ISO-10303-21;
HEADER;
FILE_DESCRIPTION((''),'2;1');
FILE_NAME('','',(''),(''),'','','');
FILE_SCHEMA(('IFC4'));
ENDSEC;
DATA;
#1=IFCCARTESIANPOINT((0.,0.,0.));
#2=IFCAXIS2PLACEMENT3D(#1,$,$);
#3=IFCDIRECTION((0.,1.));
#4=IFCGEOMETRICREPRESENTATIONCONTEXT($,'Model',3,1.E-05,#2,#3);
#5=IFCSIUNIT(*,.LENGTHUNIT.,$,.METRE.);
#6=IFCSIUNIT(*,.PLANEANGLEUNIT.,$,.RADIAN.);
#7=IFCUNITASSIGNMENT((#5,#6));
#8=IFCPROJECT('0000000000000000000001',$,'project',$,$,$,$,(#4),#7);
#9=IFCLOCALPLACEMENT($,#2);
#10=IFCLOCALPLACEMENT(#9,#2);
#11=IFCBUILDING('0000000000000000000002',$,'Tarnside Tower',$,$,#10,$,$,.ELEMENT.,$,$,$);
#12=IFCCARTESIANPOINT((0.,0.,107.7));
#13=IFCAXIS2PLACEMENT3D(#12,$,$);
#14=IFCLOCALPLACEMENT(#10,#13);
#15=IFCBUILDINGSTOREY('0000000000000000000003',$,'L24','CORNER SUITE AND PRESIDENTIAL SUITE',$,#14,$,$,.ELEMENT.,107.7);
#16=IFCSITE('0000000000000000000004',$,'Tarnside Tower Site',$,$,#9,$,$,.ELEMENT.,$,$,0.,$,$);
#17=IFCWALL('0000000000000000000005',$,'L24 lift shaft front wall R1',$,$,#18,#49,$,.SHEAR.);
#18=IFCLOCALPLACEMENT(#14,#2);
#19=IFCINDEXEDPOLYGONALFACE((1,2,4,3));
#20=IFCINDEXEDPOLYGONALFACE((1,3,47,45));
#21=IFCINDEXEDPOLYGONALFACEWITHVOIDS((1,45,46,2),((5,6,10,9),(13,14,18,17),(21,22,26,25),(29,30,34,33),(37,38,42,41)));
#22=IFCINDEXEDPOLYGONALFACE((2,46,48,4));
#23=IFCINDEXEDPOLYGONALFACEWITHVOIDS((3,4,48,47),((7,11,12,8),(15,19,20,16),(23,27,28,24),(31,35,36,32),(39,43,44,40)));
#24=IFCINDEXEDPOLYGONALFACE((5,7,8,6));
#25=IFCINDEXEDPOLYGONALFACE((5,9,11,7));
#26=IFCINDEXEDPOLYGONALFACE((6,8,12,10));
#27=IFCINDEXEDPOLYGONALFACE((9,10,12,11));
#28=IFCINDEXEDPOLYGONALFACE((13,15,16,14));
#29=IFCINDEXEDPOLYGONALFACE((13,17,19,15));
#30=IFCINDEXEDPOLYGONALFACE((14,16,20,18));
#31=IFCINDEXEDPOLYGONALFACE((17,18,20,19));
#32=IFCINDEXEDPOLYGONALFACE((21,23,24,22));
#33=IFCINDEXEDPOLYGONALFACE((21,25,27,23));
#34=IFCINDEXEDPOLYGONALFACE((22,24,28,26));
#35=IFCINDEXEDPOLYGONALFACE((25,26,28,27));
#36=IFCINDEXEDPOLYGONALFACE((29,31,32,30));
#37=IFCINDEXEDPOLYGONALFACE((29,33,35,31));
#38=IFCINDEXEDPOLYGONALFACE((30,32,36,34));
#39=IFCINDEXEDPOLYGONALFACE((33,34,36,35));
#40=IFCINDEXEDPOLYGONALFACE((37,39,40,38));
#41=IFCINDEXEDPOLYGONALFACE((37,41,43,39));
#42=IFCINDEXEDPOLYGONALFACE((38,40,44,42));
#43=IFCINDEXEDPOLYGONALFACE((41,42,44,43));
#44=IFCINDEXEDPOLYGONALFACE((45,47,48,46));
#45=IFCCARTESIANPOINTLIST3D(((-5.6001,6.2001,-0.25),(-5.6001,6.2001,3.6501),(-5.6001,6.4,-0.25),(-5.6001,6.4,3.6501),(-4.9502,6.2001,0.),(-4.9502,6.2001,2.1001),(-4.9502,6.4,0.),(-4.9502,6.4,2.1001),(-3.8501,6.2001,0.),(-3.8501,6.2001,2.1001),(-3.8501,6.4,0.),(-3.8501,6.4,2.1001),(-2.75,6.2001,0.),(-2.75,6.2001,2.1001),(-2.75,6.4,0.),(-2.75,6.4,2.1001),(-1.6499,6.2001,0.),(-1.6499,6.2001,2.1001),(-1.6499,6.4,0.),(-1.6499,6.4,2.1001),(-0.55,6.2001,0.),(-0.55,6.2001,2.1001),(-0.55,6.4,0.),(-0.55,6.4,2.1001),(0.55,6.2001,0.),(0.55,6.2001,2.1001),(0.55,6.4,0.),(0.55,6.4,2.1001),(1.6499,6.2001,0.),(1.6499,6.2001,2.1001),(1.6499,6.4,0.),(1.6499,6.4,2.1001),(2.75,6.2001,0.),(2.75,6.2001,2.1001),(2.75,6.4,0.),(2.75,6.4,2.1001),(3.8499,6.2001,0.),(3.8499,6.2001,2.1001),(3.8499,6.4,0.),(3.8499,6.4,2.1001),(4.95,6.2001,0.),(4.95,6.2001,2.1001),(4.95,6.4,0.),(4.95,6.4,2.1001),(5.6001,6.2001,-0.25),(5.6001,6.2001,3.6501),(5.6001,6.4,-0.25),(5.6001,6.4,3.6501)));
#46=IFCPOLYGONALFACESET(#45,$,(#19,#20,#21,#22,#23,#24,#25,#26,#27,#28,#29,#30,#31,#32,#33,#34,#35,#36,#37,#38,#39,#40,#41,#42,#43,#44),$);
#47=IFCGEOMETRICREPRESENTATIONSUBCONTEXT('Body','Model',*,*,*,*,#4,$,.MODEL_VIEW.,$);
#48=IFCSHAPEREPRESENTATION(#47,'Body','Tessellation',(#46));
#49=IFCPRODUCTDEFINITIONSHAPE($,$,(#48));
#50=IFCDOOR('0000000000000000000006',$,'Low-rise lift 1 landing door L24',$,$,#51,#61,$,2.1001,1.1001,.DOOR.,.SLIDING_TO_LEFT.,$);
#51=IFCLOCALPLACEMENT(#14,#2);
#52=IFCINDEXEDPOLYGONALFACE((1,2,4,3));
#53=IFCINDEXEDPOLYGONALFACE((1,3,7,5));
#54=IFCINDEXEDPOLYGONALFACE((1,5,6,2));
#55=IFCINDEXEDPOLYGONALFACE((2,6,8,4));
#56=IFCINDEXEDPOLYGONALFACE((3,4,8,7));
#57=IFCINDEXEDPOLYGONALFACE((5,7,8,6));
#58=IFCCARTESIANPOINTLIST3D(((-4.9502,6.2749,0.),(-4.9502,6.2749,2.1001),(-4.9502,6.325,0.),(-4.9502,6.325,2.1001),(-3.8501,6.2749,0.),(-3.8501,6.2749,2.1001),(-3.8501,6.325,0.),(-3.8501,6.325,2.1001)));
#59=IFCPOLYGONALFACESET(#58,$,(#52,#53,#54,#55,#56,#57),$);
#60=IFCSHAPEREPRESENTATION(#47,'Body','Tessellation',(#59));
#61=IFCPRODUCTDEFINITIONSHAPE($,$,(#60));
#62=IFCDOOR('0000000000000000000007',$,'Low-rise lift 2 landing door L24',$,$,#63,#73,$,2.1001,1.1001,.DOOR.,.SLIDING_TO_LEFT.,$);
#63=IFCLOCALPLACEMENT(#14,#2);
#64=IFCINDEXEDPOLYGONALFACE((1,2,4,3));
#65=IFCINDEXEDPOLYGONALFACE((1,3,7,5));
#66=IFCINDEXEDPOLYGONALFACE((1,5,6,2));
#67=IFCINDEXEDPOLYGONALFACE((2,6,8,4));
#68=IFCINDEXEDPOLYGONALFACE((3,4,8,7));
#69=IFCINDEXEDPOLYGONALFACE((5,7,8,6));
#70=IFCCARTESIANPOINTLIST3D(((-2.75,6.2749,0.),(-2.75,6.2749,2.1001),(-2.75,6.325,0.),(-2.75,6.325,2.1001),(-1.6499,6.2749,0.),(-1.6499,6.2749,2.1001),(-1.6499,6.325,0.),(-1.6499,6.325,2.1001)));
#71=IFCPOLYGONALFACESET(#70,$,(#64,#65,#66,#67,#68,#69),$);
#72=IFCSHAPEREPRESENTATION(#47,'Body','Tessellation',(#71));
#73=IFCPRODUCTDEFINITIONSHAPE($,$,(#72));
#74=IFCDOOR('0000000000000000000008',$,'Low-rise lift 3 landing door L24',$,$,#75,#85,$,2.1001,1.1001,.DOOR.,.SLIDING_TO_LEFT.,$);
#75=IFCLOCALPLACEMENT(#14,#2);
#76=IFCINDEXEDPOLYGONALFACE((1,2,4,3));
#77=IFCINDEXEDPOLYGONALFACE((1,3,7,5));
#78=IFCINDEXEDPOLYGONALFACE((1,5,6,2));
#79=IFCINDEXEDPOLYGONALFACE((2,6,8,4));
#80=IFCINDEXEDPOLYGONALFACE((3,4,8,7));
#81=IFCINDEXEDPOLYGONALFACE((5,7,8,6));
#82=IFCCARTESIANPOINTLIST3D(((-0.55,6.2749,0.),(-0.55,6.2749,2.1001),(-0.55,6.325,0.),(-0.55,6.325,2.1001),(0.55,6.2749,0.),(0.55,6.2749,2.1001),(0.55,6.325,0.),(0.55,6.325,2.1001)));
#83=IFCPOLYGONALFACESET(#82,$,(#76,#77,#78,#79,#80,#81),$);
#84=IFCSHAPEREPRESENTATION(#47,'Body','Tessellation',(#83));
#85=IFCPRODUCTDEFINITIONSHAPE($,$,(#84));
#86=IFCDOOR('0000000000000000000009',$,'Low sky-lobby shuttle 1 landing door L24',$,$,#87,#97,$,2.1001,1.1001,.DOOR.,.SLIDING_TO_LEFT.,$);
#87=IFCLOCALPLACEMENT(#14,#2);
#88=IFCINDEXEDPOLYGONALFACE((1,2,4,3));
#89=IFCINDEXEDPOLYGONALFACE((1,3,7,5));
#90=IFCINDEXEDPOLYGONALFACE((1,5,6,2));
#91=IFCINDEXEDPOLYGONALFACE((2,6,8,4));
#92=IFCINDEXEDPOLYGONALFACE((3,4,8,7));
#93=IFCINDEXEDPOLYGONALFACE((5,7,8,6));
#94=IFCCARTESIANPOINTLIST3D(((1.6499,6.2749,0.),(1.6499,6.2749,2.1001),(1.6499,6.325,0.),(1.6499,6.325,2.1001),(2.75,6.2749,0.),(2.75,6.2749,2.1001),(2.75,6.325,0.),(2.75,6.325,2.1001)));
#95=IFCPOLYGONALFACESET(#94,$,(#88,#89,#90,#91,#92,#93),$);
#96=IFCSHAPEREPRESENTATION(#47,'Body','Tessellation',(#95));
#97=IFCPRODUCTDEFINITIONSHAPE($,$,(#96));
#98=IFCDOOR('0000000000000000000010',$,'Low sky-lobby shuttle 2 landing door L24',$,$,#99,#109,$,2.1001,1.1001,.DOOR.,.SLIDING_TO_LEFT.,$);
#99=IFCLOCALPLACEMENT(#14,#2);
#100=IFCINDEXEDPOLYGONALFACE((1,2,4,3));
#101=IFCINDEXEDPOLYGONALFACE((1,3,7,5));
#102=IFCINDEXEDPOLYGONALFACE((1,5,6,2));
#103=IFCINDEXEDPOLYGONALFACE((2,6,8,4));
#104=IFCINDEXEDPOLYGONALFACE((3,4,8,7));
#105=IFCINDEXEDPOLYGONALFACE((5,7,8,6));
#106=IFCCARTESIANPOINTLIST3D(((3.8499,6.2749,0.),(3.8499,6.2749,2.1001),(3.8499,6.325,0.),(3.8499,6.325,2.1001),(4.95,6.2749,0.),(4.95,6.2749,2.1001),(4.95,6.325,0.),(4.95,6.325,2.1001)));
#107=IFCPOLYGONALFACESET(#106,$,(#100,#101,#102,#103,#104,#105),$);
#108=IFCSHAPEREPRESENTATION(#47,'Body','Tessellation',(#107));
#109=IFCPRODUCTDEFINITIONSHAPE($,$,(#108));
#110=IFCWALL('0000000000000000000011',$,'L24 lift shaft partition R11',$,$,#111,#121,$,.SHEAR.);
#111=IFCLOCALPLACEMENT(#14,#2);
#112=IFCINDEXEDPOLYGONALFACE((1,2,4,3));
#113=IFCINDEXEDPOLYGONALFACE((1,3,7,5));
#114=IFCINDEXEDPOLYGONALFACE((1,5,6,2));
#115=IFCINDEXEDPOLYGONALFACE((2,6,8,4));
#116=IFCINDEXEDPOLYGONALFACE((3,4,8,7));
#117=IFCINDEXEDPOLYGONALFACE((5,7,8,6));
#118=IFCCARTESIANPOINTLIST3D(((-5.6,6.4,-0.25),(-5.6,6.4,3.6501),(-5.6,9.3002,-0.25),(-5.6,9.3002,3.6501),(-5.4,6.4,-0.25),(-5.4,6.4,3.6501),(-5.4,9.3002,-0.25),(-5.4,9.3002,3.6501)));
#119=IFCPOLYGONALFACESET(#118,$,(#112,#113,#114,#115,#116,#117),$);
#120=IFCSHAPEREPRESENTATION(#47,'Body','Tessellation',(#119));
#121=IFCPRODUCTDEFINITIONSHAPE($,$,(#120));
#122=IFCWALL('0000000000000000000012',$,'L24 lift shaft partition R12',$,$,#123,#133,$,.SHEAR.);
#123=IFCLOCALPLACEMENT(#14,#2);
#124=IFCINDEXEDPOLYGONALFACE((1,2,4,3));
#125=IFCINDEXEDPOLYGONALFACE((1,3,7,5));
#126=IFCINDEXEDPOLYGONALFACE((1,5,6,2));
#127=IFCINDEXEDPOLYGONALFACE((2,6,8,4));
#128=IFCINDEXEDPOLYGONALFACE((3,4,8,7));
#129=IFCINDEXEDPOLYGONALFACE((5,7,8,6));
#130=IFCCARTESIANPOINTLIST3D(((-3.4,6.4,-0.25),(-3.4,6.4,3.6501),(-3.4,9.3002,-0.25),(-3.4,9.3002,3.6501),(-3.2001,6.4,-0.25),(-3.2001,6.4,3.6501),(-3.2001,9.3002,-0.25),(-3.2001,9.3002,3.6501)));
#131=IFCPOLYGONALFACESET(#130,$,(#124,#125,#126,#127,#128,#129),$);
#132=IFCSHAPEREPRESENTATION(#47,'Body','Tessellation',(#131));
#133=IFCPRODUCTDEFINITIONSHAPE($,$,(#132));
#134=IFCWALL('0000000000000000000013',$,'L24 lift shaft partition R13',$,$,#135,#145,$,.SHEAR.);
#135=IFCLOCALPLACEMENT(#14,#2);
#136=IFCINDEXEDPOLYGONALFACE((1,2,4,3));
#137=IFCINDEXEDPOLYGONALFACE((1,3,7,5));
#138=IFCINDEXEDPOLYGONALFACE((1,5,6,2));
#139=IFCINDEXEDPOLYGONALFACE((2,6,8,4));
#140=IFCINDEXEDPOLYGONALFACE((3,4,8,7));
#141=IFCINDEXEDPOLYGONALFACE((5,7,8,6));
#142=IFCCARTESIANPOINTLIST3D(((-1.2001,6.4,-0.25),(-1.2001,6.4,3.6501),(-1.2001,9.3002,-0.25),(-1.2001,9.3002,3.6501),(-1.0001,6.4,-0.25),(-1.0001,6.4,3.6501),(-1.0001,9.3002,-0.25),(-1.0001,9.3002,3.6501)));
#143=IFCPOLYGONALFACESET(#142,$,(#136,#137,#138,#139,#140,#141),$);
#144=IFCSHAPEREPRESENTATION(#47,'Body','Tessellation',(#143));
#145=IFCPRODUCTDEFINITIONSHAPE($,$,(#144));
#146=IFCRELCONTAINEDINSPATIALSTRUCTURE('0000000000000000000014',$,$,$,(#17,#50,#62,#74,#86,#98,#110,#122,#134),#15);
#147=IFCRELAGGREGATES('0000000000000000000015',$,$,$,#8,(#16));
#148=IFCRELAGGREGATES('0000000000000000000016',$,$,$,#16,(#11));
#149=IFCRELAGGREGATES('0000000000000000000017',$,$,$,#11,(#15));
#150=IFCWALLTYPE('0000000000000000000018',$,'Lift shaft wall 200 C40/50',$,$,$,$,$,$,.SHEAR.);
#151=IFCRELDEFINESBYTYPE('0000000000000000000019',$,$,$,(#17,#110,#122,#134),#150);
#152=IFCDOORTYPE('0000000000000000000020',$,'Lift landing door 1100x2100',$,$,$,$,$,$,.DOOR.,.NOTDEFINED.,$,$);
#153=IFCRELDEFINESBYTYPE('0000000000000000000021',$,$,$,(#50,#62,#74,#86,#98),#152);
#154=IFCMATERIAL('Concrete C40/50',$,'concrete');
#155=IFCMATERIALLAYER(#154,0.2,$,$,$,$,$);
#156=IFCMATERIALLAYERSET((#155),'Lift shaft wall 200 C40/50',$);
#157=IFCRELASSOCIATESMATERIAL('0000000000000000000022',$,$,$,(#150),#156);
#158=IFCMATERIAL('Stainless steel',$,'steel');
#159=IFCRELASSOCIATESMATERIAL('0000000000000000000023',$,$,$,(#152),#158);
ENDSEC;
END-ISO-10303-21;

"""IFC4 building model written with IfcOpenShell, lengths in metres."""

from ifc_helpers import new_model, si_unit, direction, frame, frame_2d, origin, place, context, subcontext, project, spatial, rectangle, extrude, material, layer, layer_set, type_object, element, fill, save


model = new_model("IFC4")

# Units and contexts
model_context = context("Model", 3, precision=1e-05, world=origin(), true_north=direction((0.0, 1.0)))
body_context = subcontext(model_context, "Body", "Model", "MODEL_VIEW")
ifc_project = project(units=[si_unit("LENGTHUNIT", "METRE"), si_unit("PLANEANGLEUNIT", "RADIAN")], contexts=[model_context])

# Site, building, storey
site_placement = place(None, origin())
site = spatial("IfcSite", under=ifc_project, at=site_placement, Name="Tarnside Tower Site", CompositionType="ELEMENT", RefElevation=0.0)
building_placement = place(site_placement, origin())
building = spatial("IfcBuilding", under=site, at=building_placement, Name="Tarnside Tower", CompositionType="ELEMENT")
storey_placement = place(building_placement, frame((0.0, 0.0, 107.7)))
storey = spatial("IfcBuildingStorey", under=building, at=storey_placement, Name="L24", Description="CORNER SUITE AND PRESIDENTIAL SUITE", CompositionType="ELEMENT", Elevation=107.7)

# Shared definitions
ifc_material_1 = material(Name="Concrete C40/50", Category="concrete")

# Wall, openings, doors
ifc_layer_1 = layer(ifc_material_1, 0.2)
ifc_layer_set_1 = layer_set([ifc_layer_1], Name="Lift shaft wall 200 C40/50")
wall_type_1 = type_object("IfcWallType", Name="Lift shaft wall 200 C40/50", PredefinedType="SHEAR", material=ifc_layer_set_1)
wall_1_placement = place(storey_placement, frame((-5.6001, 6.3, -0.25), z_axis=(0.0, 0.0, 1.0), x_axis=(1.0, 0.0, 0.0)))
wall_1 = element("IfcWall", 1, at=wall_1_placement, inside=storey, type_object=wall_type_1, Name="L24 lift shaft front wall R1", PredefinedType="SHEAR", context=body_context, shape_type="SweptSolid", body=[
    extrude(rectangle(XDim=11.2002, YDim=0.2, at=frame_2d((5.6001, 0.0))), origin(), (0.0, 0.0, 1.0), 3.9001),
])
opening_1_placement = place(wall_1_placement, frame((0.6499, 0.0, 0.25)))
opening_1 = element("IfcOpeningElement", 2, at=opening_1_placement, cuts=wall_1, PredefinedType="OPENING", context=body_context, shape_type="SweptSolid", body=[
    extrude(rectangle(XDim=1.1001, YDim=2.1001, at=frame_2d((0.55, 1.05))), frame((0.0, 0.1099, 0.0), z_axis=(0.0, -1.0, 0.0), x_axis=(1.0, 0.0, 0.0)), (0.0, 0.0, 1.0), 0.22),
])
opening_2_placement = place(wall_1_placement, frame((2.8501, 0.0, 0.25)))
opening_2 = element("IfcOpeningElement", 3, at=opening_2_placement, cuts=wall_1, PredefinedType="OPENING", context=body_context, shape_type="SweptSolid", body=[
    extrude(rectangle(XDim=1.1001, YDim=2.1001, at=frame_2d((0.55, 1.05))), frame((0.0, 0.1099, 0.0), z_axis=(0.0, -1.0, 0.0), x_axis=(1.0, 0.0, 0.0)), (0.0, 0.0, 1.0), 0.22),
])
opening_3_placement = place(wall_1_placement, frame((5.05, 0.0, 0.25)))
opening_3 = element("IfcOpeningElement", 4, at=opening_3_placement, cuts=wall_1, PredefinedType="OPENING", context=body_context, shape_type="SweptSolid", body=[
    extrude(rectangle(XDim=1.1001, YDim=2.1001, at=frame_2d((0.55, 1.05))), frame((0.0, 0.1099, 0.0), z_axis=(0.0, -1.0, 0.0), x_axis=(1.0, 0.0, 0.0)), (0.0, 0.0, 1.0), 0.22),
])
opening_4_placement = place(wall_1_placement, frame((7.25, 0.0, 0.25)))
opening_4 = element("IfcOpeningElement", 5, at=opening_4_placement, cuts=wall_1, PredefinedType="OPENING", context=body_context, shape_type="SweptSolid", body=[
    extrude(rectangle(XDim=1.1001, YDim=2.1001, at=frame_2d((0.55, 1.05))), frame((0.0, 0.1099, 0.0), z_axis=(0.0, -1.0, 0.0), x_axis=(1.0, 0.0, 0.0)), (0.0, 0.0, 1.0), 0.22),
])
opening_5_placement = place(wall_1_placement, frame((9.45, 0.0, 0.25)))
opening_5 = element("IfcOpeningElement", 6, at=opening_5_placement, cuts=wall_1, PredefinedType="OPENING", context=body_context, shape_type="SweptSolid", body=[
    extrude(rectangle(XDim=1.1001, YDim=2.1001, at=frame_2d((0.55, 1.05))), frame((0.0, 0.1099, 0.0), z_axis=(0.0, -1.0, 0.0), x_axis=(1.0, 0.0, 0.0)), (0.0, 0.0, 1.0), 0.22),
])
ifc_material_2 = material(Name="Stainless steel", Category="steel")
door_type_1 = type_object("IfcDoorType", Name="Lift landing door 1100x2100", OperationType="NOTDEFINED", PredefinedType="DOOR", material=ifc_material_2)
door_1_placement = place(opening_1_placement, origin())
door_1 = element("IfcDoor", 7, at=door_1_placement, inside=storey, type_object=door_type_1, Name="Low-rise lift 1 landing door L24", OperationType="SLIDING_TO_LEFT", OverallHeight=2.1001, OverallWidth=1.1001, PredefinedType="DOOR", context=body_context, shape_type="SweptSolid", body=[
    extrude(rectangle(XDim=1.1001, YDim=2.1001, at=frame_2d((0.55, 1.05))), frame((0.0, 0.0249, 0.0), z_axis=(0.0, -1.0, 0.0), x_axis=(1.0, 0.0, 0.0)), (0.0, 0.0, 1.0), 0.05),
])
fill(opening_1, door_1)
door_2_placement = place(opening_2_placement, origin())
door_2 = element("IfcDoor", 8, at=door_2_placement, inside=storey, type_object=door_type_1, Name="Low-rise lift 2 landing door L24", OperationType="SLIDING_TO_LEFT", OverallHeight=2.1001, OverallWidth=1.1001, PredefinedType="DOOR", context=body_context, shape_type="SweptSolid", body=[
    extrude(rectangle(XDim=1.1001, YDim=2.1001, at=frame_2d((0.55, 1.05))), frame((0.0, 0.0249, 0.0), z_axis=(0.0, -1.0, 0.0), x_axis=(1.0, 0.0, 0.0)), (0.0, 0.0, 1.0), 0.05),
])
fill(opening_2, door_2)
door_3_placement = place(opening_3_placement, origin())
door_3 = element("IfcDoor", 9, at=door_3_placement, inside=storey, type_object=door_type_1, Name="Low-rise lift 3 landing door L24", OperationType="SLIDING_TO_LEFT", OverallHeight=2.1001, OverallWidth=1.1001, PredefinedType="DOOR", context=body_context, shape_type="SweptSolid", body=[
    extrude(rectangle(XDim=1.1001, YDim=2.1001, at=frame_2d((0.55, 1.05))), frame((0.0, 0.0249, 0.0), z_axis=(0.0, -1.0, 0.0), x_axis=(1.0, 0.0, 0.0)), (0.0, 0.0, 1.0), 0.05),
])
fill(opening_3, door_3)
door_4_placement = place(opening_4_placement, origin())
door_4 = element("IfcDoor", 10, at=door_4_placement, inside=storey, type_object=door_type_1, Name="Low sky-lobby shuttle 1 landing door L24", OperationType="SLIDING_TO_LEFT", OverallHeight=2.1001, OverallWidth=1.1001, PredefinedType="DOOR", context=body_context, shape_type="SweptSolid", body=[
    extrude(rectangle(XDim=1.1001, YDim=2.1001, at=frame_2d((0.55, 1.05))), frame((0.0, 0.0249, 0.0), z_axis=(0.0, -1.0, 0.0), x_axis=(1.0, 0.0, 0.0)), (0.0, 0.0, 1.0), 0.05),
])
fill(opening_4, door_4)
door_5_placement = place(opening_5_placement, origin())
door_5 = element("IfcDoor", 11, at=door_5_placement, inside=storey, type_object=door_type_1, Name="Low sky-lobby shuttle 2 landing door L24", OperationType="SLIDING_TO_LEFT", OverallHeight=2.1001, OverallWidth=1.1001, PredefinedType="DOOR", context=body_context, shape_type="SweptSolid", body=[
    extrude(rectangle(XDim=1.1001, YDim=2.1001, at=frame_2d((0.55, 1.05))), frame((0.0, 0.0249, 0.0), z_axis=(0.0, -1.0, 0.0), x_axis=(1.0, 0.0, 0.0)), (0.0, 0.0, 1.0), 0.05),
])
fill(opening_5, door_5)

# Walls
for number, where, z_axis, x_axis, name in (
    (12, (-5.5, 6.3999, -0.25), (0.0, 0.0, 1.0), (0.0, 1.0, 0.0), "L24 lift shaft partition R11"),
    (13, (-3.3, 6.3999, -0.25), (0.0, 0.0, 1.0), (0.0, 1.0, 0.0), "L24 lift shaft partition R12"),
    (14, (-1.1001, 6.3999, -0.25), (0.0, 0.0, 1.0), (0.0, 1.0, 0.0), "L24 lift shaft partition R13"),
):
    element("IfcWall", number, at=place(storey_placement, frame(where, z_axis=z_axis, x_axis=x_axis)), inside=storey, type_object=wall_type_1, Name=name, PredefinedType="SHEAR", context=body_context, shape_type="SweptSolid", body=[
        extrude(rectangle(XDim=2.9001, YDim=0.2, at=frame_2d((1.4502, 0.0))), origin(), (0.0, 0.0, 1.0), 3.9001),
    ])

save(model, "model.ifc")
